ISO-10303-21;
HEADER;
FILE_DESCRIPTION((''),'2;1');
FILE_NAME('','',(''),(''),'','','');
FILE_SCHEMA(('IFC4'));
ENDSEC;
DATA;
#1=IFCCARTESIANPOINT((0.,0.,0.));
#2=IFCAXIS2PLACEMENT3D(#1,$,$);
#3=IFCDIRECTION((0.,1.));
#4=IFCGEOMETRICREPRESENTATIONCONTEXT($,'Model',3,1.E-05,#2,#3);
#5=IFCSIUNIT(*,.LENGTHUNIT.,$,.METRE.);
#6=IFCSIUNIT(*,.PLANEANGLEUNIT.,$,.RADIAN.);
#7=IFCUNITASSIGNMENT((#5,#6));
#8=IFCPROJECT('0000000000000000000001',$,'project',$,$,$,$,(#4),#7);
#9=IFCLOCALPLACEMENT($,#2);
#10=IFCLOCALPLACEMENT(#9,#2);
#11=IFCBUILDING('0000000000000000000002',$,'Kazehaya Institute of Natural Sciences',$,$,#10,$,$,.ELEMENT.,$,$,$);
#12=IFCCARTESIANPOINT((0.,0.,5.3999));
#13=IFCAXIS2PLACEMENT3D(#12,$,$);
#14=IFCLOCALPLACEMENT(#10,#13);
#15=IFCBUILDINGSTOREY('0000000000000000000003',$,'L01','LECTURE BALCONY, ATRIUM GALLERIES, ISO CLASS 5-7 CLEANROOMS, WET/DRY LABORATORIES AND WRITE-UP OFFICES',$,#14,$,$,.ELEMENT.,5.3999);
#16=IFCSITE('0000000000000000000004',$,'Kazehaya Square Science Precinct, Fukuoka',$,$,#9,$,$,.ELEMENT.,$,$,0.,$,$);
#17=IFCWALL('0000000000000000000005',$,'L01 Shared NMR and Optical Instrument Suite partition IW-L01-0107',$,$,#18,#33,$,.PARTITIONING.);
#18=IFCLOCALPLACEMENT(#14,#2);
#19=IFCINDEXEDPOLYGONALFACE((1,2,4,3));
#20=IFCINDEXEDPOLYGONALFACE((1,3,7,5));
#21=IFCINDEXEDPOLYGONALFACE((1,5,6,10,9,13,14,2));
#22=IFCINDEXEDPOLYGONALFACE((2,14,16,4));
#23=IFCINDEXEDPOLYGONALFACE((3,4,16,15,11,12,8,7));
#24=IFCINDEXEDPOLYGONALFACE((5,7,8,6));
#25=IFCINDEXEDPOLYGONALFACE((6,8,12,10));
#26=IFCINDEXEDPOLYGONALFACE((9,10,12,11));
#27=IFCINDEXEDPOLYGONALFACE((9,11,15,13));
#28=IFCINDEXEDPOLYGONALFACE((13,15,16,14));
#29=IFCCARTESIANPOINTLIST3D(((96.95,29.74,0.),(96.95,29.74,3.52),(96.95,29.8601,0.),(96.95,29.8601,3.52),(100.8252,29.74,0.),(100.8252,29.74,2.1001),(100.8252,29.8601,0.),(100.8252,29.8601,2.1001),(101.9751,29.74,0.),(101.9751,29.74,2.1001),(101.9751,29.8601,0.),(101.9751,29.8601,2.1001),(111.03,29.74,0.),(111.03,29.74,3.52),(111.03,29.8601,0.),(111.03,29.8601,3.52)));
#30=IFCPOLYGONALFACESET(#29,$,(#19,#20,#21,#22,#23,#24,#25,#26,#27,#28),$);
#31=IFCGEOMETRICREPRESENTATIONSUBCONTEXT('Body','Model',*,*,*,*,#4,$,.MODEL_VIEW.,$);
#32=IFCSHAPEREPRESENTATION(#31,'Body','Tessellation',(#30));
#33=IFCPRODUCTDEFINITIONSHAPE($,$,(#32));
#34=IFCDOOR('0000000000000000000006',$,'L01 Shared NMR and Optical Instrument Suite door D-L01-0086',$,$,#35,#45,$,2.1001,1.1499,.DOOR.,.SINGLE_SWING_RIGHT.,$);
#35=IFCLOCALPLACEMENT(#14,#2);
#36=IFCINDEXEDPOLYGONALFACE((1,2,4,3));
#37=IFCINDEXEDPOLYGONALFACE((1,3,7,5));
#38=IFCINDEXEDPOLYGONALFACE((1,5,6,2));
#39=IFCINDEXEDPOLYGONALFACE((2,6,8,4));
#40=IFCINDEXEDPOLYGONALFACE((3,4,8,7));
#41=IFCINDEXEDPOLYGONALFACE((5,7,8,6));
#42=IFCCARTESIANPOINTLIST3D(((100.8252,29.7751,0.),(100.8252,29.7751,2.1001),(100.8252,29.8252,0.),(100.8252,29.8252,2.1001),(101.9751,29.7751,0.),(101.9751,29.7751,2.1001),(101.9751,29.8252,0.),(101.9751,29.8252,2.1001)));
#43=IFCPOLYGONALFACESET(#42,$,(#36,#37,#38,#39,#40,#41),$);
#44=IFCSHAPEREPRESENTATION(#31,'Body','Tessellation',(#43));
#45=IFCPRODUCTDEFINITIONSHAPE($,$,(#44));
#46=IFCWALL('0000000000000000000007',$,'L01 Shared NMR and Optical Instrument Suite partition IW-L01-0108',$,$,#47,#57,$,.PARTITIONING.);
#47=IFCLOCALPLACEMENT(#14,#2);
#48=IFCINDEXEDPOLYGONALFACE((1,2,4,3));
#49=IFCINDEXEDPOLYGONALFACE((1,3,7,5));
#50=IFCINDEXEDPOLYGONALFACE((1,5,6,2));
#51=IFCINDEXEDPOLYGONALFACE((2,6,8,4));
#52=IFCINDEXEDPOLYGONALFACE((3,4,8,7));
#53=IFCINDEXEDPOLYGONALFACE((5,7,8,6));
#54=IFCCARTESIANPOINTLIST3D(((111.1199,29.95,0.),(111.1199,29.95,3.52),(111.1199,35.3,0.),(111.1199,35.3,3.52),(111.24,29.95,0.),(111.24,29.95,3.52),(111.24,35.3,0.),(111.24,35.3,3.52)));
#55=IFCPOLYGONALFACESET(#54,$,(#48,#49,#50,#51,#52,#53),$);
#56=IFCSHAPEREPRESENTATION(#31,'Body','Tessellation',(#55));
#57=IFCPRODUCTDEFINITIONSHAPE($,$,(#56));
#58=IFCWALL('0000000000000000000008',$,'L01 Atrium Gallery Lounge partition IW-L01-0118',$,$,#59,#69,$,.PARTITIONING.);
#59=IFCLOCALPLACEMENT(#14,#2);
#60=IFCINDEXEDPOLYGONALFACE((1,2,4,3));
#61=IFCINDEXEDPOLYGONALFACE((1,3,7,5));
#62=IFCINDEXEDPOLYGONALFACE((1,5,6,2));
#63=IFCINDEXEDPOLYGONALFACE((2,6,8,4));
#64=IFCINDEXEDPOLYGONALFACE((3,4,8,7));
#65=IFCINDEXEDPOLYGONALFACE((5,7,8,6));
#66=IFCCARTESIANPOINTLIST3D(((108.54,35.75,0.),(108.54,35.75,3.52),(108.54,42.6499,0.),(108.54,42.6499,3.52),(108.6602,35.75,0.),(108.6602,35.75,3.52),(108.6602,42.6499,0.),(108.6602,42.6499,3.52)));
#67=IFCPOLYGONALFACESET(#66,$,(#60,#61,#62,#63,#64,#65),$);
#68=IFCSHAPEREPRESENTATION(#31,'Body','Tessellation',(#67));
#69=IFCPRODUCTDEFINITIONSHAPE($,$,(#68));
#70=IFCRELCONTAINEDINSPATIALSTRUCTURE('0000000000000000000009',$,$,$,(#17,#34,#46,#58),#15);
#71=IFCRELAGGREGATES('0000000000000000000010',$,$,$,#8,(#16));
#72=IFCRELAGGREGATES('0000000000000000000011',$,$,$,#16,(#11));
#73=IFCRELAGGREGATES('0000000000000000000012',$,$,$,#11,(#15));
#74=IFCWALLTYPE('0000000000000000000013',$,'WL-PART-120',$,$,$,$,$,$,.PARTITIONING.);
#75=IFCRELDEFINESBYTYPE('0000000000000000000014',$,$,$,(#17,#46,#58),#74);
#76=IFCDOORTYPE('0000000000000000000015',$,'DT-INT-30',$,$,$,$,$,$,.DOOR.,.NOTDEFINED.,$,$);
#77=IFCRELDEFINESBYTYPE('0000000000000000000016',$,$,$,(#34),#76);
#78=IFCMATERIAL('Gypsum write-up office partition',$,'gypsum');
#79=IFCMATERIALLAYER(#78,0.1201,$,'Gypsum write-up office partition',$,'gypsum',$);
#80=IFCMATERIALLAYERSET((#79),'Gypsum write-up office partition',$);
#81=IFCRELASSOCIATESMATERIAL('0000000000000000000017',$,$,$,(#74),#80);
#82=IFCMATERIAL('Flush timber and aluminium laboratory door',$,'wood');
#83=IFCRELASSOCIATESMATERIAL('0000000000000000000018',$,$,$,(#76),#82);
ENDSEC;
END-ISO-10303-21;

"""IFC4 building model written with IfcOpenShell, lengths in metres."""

from ifc_helpers import new_model, si_unit, direction, frame, frame_2d, origin, place, context, subcontext, project, spatial, rectangle, extrude, material, layer, layer_set, type_object, element, fill, save


model = new_model("IFC4")

# Units and contexts
model_context = context("Model", 3, precision=1e-05, world=origin(), true_north=direction((0.0, 1.0)))
body_context = subcontext(model_context, "Body", "Model", "MODEL_VIEW")
ifc_project = project(units=[si_unit("LENGTHUNIT", "METRE"), si_unit("PLANEANGLEUNIT", "RADIAN")], contexts=[model_context])

# Site, building, storey
site_placement = place(None, origin())
site = spatial("IfcSite", under=ifc_project, at=site_placement, Name="Kazehaya Square Science Precinct, Fukuoka", CompositionType="ELEMENT", RefElevation=0.0)
building_placement = place(site_placement, origin())
building = spatial("IfcBuilding", under=site, at=building_placement, Name="Kazehaya Institute of Natural Sciences", CompositionType="ELEMENT")
storey_placement = place(building_placement, frame((0.0, 0.0, 5.3999)))
storey = spatial("IfcBuildingStorey", under=building, at=storey_placement, Name="L01", Description="LECTURE BALCONY, ATRIUM GALLERIES, ISO CLASS 5-7 CLEANROOMS, WET/DRY LABORATORIES AND WRITE-UP OFFICES", CompositionType="ELEMENT", Elevation=5.3999)

# Wall, opening, door
ifc_material_1 = material(Name="Gypsum write-up office partition", Category="gypsum")
ifc_layer_1 = layer(ifc_material_1, 0.1201, Name="Gypsum write-up office partition", Category="gypsum")
ifc_layer_set_1 = layer_set([ifc_layer_1], Name="Gypsum write-up office partition")
wall_type_1 = type_object("IfcWallType", Name="WL-PART-120", PredefinedType="PARTITIONING", material=ifc_layer_set_1)
wall_1_placement = place(storey_placement, frame((111.03, 29.8, 0.0), z_axis=(0.0, 0.0, 1.0), x_axis=(-1.0, 0.0, 0.0)))
wall_1 = element("IfcWall", 1, at=wall_1_placement, inside=storey, type_object=wall_type_1, Name="L01 Shared NMR and Optical Instrument Suite partition IW-L01-0107", PredefinedType="PARTITIONING", context=body_context, shape_type="SweptSolid", body=[
    extrude(rectangle(XDim=14.0801, YDim=0.1201, at=frame_2d((7.04, 0.0))), origin(), (0.0, 0.0, 1.0), 3.52),
])
opening_1_placement = place(wall_1_placement, frame((9.0549, 0.0, 0.0)))
opening_1 = element("IfcOpeningElement", 2, at=opening_1_placement, cuts=wall_1, PredefinedType="OPENING", context=body_context, shape_type="SweptSolid", body=[
    extrude(rectangle(XDim=1.1499, YDim=2.1001, at=frame_2d((0.575, 1.05))), frame((0.0, 0.0701, 0.0), z_axis=(0.0, -1.0, 0.0), x_axis=(1.0, 0.0, 0.0)), (0.0, 0.0, 1.0), 0.1401),
])
ifc_material_2 = material(Name="Flush timber and aluminium laboratory door", Category="wood")
door_type = type_object("IfcDoorType", Name="DT-INT-30", OperationType="NOTDEFINED", PredefinedType="DOOR", material=ifc_material_2)
door_placement = place(opening_1_placement, origin())
door = element("IfcDoor", 3, at=door_placement, inside=storey, type_object=door_type, Name="L01 Shared NMR and Optical Instrument Suite door D-L01-0086", OperationType="SINGLE_SWING_RIGHT", OverallHeight=2.1001, OverallWidth=1.1499, PredefinedType="DOOR", context=body_context, shape_type="SweptSolid", body=[
    extrude(rectangle(XDim=1.1499, YDim=2.1001, at=frame_2d((0.575, 1.05))), frame((0.0, 0.0249, 0.0), z_axis=(0.0, -1.0, 0.0), x_axis=(1.0, 0.0, 0.0)), (0.0, 0.0, 1.0), 0.05),
])
fill(opening_1, door)

# Walls
wall_2_placement = place(storey_placement, frame((111.1799, 35.3, 0.0), z_axis=(0.0, 0.0, 1.0), x_axis=(0.0, -1.0, 0.0)))
element("IfcWall", 4, at=wall_2_placement, inside=storey, type_object=wall_type_1, Name="L01 Shared NMR and Optical Instrument Suite partition IW-L01-0108", PredefinedType="PARTITIONING", context=body_context, shape_type="SweptSolid", body=[
    extrude(rectangle(XDim=5.3501, YDim=0.1201, at=frame_2d((2.675, 0.0))), origin(), (0.0, 0.0, 1.0), 3.52),
])
wall_3_placement = place(storey_placement, frame((108.6001, 42.6499, 0.0), z_axis=(0.0, 0.0, 1.0), x_axis=(0.0, -1.0, 0.0)))
element("IfcWall", 5, at=wall_3_placement, inside=storey, type_object=wall_type_1, Name="L01 Atrium Gallery Lounge partition IW-L01-0118", PredefinedType="PARTITIONING", context=body_context, shape_type="SweptSolid", body=[
    extrude(rectangle(XDim=6.8999, YDim=0.1201, at=frame_2d((3.45, 0.0))), origin(), (0.0, 0.0, 1.0), 3.52),
])

save(model, "model.ifc")
